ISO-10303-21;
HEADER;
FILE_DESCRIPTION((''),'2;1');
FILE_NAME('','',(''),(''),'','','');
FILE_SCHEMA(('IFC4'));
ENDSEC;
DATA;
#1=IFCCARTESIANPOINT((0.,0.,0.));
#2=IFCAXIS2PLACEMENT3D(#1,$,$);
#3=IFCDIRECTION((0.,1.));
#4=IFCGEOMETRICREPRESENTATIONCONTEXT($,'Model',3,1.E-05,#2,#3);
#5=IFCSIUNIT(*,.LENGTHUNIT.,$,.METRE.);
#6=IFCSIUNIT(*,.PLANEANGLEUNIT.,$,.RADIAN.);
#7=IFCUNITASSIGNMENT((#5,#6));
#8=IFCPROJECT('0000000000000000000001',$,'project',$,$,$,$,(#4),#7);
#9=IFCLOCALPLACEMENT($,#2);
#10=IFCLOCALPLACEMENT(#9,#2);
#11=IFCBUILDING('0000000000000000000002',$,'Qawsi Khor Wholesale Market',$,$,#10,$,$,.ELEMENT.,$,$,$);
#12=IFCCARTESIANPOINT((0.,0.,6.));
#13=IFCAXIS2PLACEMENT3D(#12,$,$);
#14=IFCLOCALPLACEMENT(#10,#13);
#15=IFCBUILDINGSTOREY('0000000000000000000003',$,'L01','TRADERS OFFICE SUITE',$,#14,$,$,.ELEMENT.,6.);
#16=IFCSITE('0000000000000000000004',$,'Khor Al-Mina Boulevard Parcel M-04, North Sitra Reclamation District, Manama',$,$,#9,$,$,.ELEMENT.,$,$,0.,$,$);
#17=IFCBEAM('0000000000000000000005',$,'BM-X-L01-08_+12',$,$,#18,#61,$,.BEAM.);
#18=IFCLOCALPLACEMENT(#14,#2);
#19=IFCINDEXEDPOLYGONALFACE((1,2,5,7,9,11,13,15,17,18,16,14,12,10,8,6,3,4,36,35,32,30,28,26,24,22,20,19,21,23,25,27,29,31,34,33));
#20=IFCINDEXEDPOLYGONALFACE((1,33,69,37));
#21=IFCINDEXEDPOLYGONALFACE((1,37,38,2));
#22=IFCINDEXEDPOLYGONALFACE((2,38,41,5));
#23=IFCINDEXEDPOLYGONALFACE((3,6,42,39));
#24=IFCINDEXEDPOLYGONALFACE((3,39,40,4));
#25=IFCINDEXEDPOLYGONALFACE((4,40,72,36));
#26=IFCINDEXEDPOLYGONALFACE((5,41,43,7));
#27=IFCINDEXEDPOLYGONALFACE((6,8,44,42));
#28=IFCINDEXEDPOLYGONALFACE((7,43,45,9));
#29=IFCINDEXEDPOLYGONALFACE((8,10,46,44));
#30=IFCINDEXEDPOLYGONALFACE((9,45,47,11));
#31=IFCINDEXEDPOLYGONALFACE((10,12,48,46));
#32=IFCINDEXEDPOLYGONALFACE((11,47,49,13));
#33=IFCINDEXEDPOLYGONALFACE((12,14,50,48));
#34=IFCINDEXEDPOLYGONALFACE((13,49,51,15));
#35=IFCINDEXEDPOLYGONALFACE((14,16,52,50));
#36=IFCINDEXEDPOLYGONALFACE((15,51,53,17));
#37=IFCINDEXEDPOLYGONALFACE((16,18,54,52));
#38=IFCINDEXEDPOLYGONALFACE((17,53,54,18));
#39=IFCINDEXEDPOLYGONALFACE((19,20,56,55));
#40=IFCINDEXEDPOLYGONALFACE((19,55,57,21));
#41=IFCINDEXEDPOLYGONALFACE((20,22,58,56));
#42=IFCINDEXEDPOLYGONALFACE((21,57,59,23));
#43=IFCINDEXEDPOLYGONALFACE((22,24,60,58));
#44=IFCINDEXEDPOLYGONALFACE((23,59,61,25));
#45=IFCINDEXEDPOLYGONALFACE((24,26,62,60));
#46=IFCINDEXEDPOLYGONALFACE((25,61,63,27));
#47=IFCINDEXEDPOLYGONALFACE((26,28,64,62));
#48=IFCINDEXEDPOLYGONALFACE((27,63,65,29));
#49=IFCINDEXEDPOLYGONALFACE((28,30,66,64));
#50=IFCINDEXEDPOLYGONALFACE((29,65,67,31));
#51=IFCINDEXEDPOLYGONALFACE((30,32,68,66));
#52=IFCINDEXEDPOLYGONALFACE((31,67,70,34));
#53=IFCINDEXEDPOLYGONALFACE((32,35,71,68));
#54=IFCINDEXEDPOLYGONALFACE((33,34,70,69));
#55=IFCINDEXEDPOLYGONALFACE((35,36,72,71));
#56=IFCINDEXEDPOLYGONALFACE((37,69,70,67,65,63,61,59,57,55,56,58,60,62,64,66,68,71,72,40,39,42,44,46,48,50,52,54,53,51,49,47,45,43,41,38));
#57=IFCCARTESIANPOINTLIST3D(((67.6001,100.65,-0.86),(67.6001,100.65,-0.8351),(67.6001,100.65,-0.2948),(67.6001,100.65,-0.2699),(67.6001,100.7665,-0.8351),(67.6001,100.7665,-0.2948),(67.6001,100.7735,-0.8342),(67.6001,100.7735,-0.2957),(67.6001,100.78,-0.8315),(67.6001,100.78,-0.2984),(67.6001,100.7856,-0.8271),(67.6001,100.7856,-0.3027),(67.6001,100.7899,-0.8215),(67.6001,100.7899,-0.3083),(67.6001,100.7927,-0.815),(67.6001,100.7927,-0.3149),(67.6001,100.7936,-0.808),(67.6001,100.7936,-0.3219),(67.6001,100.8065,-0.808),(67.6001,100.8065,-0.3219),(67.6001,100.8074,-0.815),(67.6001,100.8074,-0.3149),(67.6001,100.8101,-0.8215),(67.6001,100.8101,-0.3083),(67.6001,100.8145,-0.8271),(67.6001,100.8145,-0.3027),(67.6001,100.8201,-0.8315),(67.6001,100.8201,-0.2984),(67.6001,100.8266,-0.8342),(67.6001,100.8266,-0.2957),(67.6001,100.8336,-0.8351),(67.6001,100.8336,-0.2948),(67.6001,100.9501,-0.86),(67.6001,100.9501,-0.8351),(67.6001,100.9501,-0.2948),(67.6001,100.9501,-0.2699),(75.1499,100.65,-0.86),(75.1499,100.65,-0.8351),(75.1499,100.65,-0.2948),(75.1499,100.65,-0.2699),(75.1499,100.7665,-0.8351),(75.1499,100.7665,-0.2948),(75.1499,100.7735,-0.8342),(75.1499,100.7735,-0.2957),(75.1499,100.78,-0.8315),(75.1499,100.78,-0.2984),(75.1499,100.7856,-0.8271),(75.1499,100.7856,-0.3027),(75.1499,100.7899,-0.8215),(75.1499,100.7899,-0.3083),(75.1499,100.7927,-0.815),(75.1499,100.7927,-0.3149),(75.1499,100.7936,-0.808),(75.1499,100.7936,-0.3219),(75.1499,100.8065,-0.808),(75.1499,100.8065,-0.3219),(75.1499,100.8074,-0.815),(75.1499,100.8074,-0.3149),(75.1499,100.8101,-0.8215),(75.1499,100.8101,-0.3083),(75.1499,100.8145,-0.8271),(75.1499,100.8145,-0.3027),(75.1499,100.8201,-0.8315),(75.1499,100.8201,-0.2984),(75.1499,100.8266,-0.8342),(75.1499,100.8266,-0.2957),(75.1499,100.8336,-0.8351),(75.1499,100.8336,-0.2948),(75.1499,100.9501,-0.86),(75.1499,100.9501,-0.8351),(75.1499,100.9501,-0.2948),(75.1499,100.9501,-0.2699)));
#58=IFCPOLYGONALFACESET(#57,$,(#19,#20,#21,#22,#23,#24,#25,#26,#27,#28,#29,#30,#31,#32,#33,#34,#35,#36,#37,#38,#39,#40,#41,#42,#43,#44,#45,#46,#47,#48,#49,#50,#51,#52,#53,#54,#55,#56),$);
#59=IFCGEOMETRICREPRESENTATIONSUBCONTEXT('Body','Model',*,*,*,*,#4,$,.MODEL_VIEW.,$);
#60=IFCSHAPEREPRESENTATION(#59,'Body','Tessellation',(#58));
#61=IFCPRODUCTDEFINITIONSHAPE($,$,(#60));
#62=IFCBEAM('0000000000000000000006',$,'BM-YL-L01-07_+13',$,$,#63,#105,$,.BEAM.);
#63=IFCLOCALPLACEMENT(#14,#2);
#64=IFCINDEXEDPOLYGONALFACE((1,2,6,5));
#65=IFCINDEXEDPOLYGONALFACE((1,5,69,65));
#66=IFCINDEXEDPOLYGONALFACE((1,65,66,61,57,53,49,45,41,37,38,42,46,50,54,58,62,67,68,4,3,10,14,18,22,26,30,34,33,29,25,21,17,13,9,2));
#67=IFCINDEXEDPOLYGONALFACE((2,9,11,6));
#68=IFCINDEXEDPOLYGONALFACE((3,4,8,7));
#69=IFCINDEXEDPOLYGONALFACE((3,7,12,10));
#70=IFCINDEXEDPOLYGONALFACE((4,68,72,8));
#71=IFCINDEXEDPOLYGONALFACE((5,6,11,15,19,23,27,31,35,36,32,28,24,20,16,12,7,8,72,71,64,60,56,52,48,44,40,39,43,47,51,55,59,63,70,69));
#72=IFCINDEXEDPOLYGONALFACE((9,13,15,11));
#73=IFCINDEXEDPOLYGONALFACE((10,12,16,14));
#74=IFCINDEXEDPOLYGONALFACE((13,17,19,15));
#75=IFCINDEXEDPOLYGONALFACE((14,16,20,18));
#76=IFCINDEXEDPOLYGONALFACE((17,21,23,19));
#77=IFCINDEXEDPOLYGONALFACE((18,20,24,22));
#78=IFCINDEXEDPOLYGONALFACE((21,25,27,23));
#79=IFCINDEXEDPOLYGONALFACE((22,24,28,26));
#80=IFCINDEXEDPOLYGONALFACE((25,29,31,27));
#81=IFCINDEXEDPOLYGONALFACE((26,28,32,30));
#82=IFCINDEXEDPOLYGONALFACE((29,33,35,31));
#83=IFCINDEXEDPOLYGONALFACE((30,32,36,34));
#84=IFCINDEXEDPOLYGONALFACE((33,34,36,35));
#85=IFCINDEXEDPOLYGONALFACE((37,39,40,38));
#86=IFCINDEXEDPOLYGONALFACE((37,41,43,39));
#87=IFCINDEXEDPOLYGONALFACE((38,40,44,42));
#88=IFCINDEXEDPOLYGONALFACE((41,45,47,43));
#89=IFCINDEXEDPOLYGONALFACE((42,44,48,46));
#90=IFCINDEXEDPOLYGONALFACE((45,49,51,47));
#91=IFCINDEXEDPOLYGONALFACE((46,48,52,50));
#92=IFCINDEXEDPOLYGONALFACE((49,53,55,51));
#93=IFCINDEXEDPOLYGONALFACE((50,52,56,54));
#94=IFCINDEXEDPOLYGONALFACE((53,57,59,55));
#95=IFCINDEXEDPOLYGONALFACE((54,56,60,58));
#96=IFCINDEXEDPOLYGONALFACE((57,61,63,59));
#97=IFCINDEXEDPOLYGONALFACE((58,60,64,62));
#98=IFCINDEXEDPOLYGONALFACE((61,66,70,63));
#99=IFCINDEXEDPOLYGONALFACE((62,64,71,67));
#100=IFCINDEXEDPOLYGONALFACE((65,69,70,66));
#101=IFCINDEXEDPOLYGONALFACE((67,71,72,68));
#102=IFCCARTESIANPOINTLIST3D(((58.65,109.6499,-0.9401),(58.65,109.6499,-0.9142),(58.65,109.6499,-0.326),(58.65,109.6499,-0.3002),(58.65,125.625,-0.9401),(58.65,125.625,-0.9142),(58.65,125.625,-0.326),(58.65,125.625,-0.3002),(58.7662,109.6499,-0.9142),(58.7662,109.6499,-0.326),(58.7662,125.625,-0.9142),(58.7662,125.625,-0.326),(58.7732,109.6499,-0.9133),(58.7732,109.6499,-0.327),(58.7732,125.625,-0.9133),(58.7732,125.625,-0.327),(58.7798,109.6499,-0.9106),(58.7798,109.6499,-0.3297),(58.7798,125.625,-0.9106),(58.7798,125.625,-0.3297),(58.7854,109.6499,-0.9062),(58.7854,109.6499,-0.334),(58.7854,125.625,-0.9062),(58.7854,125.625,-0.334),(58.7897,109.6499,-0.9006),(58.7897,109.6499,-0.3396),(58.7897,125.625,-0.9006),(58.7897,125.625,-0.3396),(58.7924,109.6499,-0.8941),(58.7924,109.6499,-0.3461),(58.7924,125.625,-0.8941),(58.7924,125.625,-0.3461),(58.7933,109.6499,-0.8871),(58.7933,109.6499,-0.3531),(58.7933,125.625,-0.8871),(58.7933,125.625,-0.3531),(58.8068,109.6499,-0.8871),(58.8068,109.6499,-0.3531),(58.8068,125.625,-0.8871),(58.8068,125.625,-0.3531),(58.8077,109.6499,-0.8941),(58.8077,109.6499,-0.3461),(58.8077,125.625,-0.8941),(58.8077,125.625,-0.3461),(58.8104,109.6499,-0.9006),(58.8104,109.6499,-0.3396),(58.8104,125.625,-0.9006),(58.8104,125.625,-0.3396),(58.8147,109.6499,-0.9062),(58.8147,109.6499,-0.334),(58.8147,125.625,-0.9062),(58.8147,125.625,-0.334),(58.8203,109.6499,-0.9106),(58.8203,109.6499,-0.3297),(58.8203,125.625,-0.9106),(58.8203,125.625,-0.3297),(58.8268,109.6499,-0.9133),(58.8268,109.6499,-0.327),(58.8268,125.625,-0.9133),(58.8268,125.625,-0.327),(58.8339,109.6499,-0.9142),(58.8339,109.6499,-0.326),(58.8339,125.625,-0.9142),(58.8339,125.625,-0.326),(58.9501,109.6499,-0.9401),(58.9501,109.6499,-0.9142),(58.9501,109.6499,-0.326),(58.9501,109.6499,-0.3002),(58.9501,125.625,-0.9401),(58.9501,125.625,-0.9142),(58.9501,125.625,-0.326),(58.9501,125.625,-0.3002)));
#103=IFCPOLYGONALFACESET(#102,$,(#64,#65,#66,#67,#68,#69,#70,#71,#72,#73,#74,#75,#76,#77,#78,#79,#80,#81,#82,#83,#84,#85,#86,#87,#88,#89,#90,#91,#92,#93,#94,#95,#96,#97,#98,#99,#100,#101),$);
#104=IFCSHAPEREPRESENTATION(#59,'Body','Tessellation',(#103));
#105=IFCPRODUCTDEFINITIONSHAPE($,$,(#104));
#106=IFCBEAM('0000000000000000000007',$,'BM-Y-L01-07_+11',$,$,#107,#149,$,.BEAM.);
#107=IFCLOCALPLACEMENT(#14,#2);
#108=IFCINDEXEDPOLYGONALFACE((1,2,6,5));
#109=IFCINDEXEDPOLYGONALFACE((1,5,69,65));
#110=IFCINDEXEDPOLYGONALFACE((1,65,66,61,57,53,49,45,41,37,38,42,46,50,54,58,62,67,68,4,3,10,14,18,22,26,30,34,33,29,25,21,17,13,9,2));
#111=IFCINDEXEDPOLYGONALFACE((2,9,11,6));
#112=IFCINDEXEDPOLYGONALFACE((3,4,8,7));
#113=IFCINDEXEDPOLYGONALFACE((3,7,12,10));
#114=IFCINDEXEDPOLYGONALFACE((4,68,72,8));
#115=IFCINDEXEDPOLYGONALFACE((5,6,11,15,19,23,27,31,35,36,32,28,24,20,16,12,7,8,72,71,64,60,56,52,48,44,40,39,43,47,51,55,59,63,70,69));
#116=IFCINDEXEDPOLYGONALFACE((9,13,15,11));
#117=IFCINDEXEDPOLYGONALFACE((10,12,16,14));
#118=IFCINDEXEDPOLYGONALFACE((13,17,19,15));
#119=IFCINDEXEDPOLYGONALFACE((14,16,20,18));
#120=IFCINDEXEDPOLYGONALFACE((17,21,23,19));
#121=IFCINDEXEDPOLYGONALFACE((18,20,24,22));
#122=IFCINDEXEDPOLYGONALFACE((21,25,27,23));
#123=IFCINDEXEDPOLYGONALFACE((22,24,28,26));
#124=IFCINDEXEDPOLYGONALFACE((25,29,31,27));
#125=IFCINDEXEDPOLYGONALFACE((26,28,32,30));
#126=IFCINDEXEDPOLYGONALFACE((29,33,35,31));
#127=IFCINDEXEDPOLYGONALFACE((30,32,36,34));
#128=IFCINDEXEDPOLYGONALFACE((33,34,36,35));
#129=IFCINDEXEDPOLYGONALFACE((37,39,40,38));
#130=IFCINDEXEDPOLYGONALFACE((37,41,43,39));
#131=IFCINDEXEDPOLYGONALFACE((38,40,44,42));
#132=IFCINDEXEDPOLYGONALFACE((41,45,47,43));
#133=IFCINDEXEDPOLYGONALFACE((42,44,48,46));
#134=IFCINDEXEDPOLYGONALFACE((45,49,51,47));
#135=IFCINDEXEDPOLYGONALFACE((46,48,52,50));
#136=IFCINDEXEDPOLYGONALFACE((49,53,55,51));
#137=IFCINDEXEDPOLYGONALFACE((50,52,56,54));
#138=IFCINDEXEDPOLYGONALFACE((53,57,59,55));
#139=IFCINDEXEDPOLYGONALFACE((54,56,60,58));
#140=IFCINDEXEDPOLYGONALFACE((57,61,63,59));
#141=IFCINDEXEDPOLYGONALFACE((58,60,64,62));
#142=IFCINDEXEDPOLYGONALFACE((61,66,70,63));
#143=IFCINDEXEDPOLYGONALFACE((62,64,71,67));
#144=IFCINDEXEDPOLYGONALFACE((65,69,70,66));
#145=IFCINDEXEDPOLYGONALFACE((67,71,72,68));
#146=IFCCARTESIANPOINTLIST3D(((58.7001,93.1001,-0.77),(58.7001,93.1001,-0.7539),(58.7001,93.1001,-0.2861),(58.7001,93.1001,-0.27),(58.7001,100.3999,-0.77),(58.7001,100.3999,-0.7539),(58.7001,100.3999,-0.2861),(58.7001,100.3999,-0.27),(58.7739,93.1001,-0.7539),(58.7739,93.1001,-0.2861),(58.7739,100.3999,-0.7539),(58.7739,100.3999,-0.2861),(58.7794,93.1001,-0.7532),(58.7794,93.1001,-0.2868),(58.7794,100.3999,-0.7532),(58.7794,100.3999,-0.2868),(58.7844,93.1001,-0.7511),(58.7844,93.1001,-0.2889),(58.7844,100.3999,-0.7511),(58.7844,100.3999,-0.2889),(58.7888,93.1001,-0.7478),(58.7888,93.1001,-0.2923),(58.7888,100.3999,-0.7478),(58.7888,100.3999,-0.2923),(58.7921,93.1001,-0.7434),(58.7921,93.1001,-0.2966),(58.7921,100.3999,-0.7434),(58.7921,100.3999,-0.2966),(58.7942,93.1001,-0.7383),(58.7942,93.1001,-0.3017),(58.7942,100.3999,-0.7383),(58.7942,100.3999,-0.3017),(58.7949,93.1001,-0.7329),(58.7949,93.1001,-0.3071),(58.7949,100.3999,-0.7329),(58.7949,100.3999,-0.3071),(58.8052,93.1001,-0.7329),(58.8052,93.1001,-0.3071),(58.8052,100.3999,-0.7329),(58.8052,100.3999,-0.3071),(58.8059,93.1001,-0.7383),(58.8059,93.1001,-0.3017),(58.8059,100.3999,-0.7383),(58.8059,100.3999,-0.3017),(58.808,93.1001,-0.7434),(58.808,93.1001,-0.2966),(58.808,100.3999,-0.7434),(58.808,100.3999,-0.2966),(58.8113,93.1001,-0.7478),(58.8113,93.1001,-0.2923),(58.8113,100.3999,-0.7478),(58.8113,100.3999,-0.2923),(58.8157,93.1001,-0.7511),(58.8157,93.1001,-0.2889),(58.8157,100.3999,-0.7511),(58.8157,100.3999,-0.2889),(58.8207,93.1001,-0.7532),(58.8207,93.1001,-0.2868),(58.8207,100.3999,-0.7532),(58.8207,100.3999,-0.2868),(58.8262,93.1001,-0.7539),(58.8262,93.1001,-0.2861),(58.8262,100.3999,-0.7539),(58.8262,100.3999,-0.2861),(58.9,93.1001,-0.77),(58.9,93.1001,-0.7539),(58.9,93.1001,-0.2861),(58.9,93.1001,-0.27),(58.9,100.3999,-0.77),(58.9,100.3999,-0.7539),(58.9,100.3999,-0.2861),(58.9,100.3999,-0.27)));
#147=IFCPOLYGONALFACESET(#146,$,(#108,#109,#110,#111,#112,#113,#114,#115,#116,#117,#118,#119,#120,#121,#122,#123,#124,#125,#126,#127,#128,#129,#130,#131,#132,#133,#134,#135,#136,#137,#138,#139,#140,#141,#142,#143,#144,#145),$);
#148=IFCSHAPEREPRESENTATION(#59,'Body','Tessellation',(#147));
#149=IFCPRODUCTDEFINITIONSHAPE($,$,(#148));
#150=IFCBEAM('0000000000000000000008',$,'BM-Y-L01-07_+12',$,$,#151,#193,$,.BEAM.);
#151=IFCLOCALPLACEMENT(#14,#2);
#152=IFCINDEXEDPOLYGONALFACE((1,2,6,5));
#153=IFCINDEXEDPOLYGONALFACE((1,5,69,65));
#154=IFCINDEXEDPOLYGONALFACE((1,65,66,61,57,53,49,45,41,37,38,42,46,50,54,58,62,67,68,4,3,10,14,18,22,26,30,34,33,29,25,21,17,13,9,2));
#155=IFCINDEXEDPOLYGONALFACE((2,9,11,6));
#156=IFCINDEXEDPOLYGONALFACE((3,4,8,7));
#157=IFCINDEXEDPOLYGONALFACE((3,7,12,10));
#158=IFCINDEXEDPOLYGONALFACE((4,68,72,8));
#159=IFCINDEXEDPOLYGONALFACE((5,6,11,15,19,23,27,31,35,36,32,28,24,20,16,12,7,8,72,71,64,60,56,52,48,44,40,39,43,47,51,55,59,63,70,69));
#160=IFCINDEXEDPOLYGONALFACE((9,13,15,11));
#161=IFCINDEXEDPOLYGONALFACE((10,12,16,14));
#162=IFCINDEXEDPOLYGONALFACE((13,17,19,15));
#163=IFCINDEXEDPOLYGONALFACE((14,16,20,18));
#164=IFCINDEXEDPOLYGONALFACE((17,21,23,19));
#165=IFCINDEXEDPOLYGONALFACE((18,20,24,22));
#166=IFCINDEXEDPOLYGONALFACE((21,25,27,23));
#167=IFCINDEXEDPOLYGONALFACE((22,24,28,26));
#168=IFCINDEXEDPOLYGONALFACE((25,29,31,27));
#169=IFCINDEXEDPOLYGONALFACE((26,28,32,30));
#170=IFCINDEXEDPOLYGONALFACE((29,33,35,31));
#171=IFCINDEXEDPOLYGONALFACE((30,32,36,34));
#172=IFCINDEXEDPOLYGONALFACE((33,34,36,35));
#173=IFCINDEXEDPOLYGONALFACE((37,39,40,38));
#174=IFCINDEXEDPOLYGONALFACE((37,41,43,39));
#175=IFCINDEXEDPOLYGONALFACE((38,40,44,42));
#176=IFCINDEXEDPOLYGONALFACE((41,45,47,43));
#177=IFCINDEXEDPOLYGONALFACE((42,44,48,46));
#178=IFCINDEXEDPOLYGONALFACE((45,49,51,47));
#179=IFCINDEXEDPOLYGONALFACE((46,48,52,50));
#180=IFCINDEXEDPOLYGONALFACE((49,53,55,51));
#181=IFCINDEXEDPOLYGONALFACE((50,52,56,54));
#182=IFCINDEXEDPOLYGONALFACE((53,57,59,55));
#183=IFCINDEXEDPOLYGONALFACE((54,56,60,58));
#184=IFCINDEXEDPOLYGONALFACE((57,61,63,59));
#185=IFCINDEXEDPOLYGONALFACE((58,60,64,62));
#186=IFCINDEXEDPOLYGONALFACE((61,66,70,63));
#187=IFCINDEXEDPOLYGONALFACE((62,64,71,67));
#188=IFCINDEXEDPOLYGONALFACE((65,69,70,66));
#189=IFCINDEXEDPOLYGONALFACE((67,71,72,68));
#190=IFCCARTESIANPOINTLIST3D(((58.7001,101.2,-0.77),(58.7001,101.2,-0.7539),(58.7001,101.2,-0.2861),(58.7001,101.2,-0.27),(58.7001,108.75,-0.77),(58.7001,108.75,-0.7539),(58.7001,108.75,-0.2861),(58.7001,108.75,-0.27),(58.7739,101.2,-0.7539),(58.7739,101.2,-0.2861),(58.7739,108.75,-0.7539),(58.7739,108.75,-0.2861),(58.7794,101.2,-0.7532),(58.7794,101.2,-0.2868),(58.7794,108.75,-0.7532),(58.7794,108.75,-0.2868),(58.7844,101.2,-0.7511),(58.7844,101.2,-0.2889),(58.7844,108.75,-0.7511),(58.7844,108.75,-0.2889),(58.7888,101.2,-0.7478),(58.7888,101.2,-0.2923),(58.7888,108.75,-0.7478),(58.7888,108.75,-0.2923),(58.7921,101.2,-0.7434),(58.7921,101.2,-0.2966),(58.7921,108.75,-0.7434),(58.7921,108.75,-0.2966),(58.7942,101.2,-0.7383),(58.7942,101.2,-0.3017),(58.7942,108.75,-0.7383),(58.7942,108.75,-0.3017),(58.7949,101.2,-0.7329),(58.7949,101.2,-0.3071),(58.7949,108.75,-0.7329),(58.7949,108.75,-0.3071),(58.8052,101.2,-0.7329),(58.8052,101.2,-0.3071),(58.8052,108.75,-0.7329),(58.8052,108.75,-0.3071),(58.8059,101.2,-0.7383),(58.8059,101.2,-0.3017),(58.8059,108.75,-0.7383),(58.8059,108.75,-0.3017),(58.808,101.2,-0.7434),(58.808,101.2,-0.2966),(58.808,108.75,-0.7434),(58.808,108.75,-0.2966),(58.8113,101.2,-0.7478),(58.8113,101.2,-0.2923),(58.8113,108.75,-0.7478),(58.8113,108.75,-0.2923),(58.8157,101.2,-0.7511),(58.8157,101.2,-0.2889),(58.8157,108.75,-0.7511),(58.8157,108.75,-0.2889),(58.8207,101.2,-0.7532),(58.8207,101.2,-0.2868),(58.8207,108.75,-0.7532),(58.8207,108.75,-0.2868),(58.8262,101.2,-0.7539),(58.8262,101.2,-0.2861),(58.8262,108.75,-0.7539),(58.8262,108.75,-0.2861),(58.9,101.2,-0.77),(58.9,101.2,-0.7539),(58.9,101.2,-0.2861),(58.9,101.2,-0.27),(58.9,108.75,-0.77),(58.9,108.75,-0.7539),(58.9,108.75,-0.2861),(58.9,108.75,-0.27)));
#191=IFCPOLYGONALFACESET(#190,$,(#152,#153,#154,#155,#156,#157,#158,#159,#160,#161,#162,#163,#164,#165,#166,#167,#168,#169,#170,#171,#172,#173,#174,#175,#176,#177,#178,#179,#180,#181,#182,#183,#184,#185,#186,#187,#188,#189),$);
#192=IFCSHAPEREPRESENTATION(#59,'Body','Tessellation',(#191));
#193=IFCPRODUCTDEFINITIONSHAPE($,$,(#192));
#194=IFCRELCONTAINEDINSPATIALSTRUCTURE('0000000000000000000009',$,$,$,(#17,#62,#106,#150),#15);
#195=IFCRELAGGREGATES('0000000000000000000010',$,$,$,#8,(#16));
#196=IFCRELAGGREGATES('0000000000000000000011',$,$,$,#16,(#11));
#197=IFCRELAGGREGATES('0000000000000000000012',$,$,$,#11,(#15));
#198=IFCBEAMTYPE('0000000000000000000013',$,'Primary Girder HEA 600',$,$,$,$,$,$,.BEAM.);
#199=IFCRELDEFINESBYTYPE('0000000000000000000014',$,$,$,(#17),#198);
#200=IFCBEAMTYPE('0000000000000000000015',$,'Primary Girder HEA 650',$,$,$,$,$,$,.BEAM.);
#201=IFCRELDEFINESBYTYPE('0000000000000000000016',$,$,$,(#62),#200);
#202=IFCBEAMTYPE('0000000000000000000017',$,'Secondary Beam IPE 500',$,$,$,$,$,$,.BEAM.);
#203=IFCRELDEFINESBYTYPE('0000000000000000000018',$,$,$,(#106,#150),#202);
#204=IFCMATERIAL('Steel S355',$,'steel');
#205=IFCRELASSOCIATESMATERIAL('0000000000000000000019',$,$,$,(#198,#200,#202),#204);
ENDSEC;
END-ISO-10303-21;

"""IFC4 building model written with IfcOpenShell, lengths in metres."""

from ifc_helpers import new_model, si_unit, direction, frame, origin, origin_2d, place, context, subcontext, project, spatial, i_section, extrude, material, material_profile, profile_set, type_object, element, save


model = new_model("IFC4")

# Units and contexts
model_context = context("Model", 3, precision=1e-05, world=origin(), true_north=direction((0.0, 1.0)))
body_context = subcontext(model_context, "Body", "Model", "MODEL_VIEW")
ifc_project = project(units=[si_unit("LENGTHUNIT", "METRE"), si_unit("PLANEANGLEUNIT", "RADIAN")], contexts=[model_context])

# Site, building, storey
site_placement = place(None, origin())
site = spatial("IfcSite", under=ifc_project, at=site_placement, Name="Khor Al-Mina Boulevard Parcel M-04, North Sitra Reclamation District, Manama", CompositionType="ELEMENT", RefElevation=0.0)
building_placement = place(site_placement, origin())
building = spatial("IfcBuilding", under=site, at=building_placement, Name="Qawsi Khor Wholesale Market", CompositionType="ELEMENT")
storey_placement = place(building_placement, frame((0.0, 0.0, 6.0)))
storey = spatial("IfcBuildingStorey", under=building, at=storey_placement, Name="L01", Description="TRADERS OFFICE SUITE", CompositionType="ELEMENT", Elevation=6.0)

# Beams
ifc_material_1 = material(Name="Steel S355", Category="steel")
ifc_material_profile_1 = material_profile(ifc_material_1, i_section(OverallWidth=0.3, OverallDepth=0.5901, WebThickness=0.0129, FlangeThickness=0.0249, FilletRadius=0.0271, at=origin_2d()), Name="HEA 600")
ifc_profile_set_1 = profile_set([ifc_material_profile_1], Name="Steel S355")
beam_type_1 = type_object("IfcBeamType", Name="Primary Girder HEA 600", PredefinedType="BEAM", material=ifc_profile_set_1)
beam_1_placement = place(storey_placement, frame((67.6001, 100.8, -0.5649), z_axis=(1.0, 0.0, 0.0), x_axis=(0.0, 1.0, 0.0)))
element("IfcBeam", 1, at=beam_1_placement, inside=storey, type_object=beam_type_1, Name="BM-X-L01-08_+12", PredefinedType="BEAM", context=body_context, shape_type="SweptSolid", body=[
    extrude(i_section(OverallWidth=0.3, OverallDepth=0.5901, WebThickness=0.0129, FlangeThickness=0.0249, FilletRadius=0.0271, at=origin_2d()), origin(), (0.0, 0.0, 1.0), 7.5498),
])
ifc_material_profile_2 = material_profile(ifc_material_1, i_section(OverallWidth=0.3, OverallDepth=0.6399, WebThickness=0.0134, FlangeThickness=0.0259, FilletRadius=0.0271, at=origin_2d()), Name="HEA 650")
ifc_profile_set_2 = profile_set([ifc_material_profile_2], Name="Steel S355")
beam_type_2 = type_object("IfcBeamType", Name="Primary Girder HEA 650", PredefinedType="BEAM", material=ifc_profile_set_2)
beam_2_placement = place(storey_placement, frame((58.8, 109.6499, -0.6201), z_axis=(0.0, 1.0, 0.0), x_axis=(-1.0, 0.0, 0.0)))
element("IfcBeam", 2, at=beam_2_placement, inside=storey, type_object=beam_type_2, Name="BM-YL-L01-07_+13", PredefinedType="BEAM", context=body_context, shape_type="SweptSolid", body=[
    extrude(i_section(OverallWidth=0.3, OverallDepth=0.6399, WebThickness=0.0134, FlangeThickness=0.0259, FilletRadius=0.0271, at=origin_2d()), origin(), (0.0, 0.0, 1.0), 15.9751),
])
ifc_material_profile_3 = material_profile(ifc_material_1, i_section(OverallWidth=0.2, OverallDepth=0.5, WebThickness=0.0103, FlangeThickness=0.0161, FilletRadius=0.021, at=origin_2d()), Name="IPE 500")
ifc_profile_set_3 = profile_set([ifc_material_profile_3], Name="Steel S355")
beam_type_3 = type_object("IfcBeamType", Name="Secondary Beam IPE 500", PredefinedType="BEAM", material=ifc_profile_set_3)
beam_3_placement = place(storey_placement, frame((58.8, 93.1001, -0.52), z_axis=(0.0, 1.0, 0.0), x_axis=(-1.0, 0.0, 0.0)))
element("IfcBeam", 3, at=beam_3_placement, inside=storey, type_object=beam_type_3, Name="BM-Y-L01-07_+11", PredefinedType="BEAM", context=body_context, shape_type="SweptSolid", body=[
    extrude(i_section(OverallWidth=0.2, OverallDepth=0.5, WebThickness=0.0103, FlangeThickness=0.0161, FilletRadius=0.021, at=origin_2d()), origin(), (0.0, 0.0, 1.0), 7.2998),
])
beam_4_placement = place(storey_placement, frame((58.8, 101.2, -0.52), z_axis=(0.0, 1.0, 0.0), x_axis=(-1.0, 0.0, 0.0)))
element("IfcBeam", 4, at=beam_4_placement, inside=storey, type_object=beam_type_3, Name="BM-Y-L01-07_+12", PredefinedType="BEAM", context=body_context, shape_type="SweptSolid", body=[
    extrude(i_section(OverallWidth=0.2, OverallDepth=0.5, WebThickness=0.0103, FlangeThickness=0.0161, FilletRadius=0.021, at=origin_2d()), origin(), (0.0, 0.0, 1.0), 7.55),
])

save(model, "model.ifc")
